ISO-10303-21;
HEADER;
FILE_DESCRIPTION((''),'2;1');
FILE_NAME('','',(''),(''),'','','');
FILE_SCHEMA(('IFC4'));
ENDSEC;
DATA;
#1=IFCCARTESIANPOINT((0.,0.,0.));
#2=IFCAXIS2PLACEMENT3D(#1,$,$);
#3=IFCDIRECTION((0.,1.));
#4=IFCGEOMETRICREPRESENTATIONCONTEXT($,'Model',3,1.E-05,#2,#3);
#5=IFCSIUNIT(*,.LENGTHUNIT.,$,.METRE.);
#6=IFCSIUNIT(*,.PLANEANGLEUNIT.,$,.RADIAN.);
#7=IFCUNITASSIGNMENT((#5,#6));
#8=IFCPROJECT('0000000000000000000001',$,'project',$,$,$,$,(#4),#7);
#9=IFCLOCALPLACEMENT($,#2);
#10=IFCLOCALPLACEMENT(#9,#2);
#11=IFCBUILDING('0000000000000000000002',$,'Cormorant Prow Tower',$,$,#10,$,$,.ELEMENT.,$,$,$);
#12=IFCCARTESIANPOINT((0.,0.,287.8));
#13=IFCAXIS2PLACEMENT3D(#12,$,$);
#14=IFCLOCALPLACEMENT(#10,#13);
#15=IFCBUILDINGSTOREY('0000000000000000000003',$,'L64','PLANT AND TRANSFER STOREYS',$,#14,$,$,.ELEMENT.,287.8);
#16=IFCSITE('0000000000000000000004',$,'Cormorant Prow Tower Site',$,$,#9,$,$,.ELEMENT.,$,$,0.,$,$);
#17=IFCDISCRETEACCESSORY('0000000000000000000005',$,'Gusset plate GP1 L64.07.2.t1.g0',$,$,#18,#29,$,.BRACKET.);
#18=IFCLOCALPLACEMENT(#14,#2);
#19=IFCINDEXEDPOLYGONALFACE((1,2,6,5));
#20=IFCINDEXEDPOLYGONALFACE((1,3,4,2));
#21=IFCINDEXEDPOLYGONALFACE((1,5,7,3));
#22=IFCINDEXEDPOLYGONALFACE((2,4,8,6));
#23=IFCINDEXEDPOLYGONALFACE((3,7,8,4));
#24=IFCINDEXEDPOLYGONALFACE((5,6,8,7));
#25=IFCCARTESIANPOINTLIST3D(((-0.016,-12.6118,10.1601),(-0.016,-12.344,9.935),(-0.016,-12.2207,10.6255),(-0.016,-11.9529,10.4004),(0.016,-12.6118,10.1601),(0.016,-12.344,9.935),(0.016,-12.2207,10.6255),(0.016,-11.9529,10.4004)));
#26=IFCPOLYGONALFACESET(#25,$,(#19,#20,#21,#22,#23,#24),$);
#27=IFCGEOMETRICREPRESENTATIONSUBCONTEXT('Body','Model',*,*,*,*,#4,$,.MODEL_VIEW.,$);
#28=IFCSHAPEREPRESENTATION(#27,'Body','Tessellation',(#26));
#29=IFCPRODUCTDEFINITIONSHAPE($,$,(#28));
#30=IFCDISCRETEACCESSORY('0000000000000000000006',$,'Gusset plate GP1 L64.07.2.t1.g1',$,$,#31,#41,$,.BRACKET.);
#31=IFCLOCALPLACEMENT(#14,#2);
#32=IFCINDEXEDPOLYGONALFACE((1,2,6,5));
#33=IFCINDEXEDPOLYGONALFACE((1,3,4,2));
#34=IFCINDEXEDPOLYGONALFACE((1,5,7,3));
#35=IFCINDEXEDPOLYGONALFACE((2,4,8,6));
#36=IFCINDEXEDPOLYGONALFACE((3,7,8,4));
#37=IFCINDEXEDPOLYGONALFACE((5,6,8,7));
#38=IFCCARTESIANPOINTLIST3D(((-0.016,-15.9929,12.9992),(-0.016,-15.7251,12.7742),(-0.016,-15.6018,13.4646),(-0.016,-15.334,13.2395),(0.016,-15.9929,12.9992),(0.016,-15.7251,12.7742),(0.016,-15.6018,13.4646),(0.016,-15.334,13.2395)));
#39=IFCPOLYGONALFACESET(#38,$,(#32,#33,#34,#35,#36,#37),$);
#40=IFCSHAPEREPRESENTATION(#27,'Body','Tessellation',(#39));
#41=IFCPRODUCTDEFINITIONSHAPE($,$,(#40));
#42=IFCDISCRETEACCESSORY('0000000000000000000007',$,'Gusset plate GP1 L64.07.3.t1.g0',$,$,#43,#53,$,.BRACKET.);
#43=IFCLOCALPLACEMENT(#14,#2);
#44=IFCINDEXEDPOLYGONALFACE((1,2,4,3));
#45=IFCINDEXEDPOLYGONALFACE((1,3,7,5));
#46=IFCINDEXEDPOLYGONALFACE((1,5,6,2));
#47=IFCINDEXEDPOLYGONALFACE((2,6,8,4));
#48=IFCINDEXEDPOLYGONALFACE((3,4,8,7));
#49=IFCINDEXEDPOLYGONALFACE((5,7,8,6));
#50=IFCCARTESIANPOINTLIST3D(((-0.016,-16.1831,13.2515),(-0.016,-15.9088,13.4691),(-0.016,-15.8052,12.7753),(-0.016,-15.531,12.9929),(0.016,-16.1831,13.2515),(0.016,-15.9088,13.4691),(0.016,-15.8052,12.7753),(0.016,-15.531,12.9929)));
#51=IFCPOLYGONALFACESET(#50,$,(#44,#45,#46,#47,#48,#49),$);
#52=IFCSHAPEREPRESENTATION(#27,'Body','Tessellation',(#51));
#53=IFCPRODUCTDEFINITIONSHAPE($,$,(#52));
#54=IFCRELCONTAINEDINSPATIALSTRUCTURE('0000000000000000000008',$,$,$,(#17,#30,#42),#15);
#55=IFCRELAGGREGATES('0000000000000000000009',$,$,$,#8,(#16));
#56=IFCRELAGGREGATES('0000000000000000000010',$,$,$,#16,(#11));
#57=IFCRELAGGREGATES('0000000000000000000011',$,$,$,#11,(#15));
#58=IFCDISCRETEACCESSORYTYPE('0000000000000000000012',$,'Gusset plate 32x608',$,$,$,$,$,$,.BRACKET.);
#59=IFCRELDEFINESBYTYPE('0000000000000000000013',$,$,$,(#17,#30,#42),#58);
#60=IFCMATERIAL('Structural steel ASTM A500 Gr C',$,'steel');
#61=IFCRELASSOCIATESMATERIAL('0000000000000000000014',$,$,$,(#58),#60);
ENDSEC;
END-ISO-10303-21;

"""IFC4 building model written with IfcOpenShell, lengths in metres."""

from ifc_helpers import new_model, si_unit, direction, frame, origin, origin_2d, place, context, subcontext, project, spatial, rectangle, extrude, material, material_profile, profile_set, type_object, element, save


model = new_model("IFC4")

# Units and contexts
model_context = context("Model", 3, precision=1e-05, world=origin(), true_north=direction((0.0, 1.0)))
body_context = subcontext(model_context, "Body", "Model", "MODEL_VIEW")
ifc_project = project(units=[si_unit("LENGTHUNIT", "METRE"), si_unit("PLANEANGLEUNIT", "RADIAN")], contexts=[model_context])

# Site, building, storey
site_placement = place(None, origin())
site = spatial("IfcSite", under=ifc_project, at=site_placement, Name="Cormorant Prow Tower Site", CompositionType="ELEMENT", RefElevation=0.0)
building_placement = place(site_placement, origin())
building = spatial("IfcBuilding", under=site, at=building_placement, Name="Cormorant Prow Tower", CompositionType="ELEMENT")
storey_placement = place(building_placement, frame((0.0, 0.0, 287.8)))
storey = spatial("IfcBuildingStorey", under=building, at=storey_placement, Name="L64", Description="PLANT AND TRANSFER STOREYS", CompositionType="ELEMENT", Elevation=287.8)

# Discrete accessories
ifc_material_1 = material(Name="Structural steel ASTM A500 Gr C", Category="steel")
ifc_material_profile_1 = material_profile(ifc_material_1, rectangle(XDim=0.032, YDim=0.6079, at=origin_2d()), Name="Gusset plate 32x608")
ifc_profile_set_1 = profile_set([ifc_material_profile_1], Name="Structural steel ASTM A500 Gr C")
discrete_accessory_type_1 = type_object("IfcDiscreteAccessoryType", Name="Gusset plate 32x608", PredefinedType="BRACKET", material=ifc_profile_set_1)
for number, where, z_axis, x_axis, name in (
    (1, (0.0, -12.4163, 10.3928), (0.0, 0.765526, -0.643405), (-1.0, 0.0, 0.0), "Gusset plate GP1 L64.07.2.t1.g0"),
    (2, (0.0, -15.5295, 13.0068), (0.0, -0.765526, 0.643405), (1.0, 0.0, 0.0), "Gusset plate GP1 L64.07.2.t1.g1"),
):
    element("IfcDiscreteAccessory", number, at=place(storey_placement, frame(where, z_axis=z_axis, x_axis=x_axis)), inside=storey, type_object=discrete_accessory_type_1, Name=name, PredefinedType="BRACKET", context=body_context, shape_type="SweptSolid", body=[
        extrude(rectangle(XDim=0.032, YDim=0.6079, at=origin_2d()), origin(), (0.0, 0.0, 1.0), 0.3499),
    ])
discrete_accessory_1_placement = place(storey_placement, frame((0.0, -15.9941, 13.0134), z_axis=(0.0, 0.783381, 0.621542), x_axis=(-1.0, 0.0, 0.0)))
element("IfcDiscreteAccessory", 3, at=discrete_accessory_1_placement, inside=storey, type_object=discrete_accessory_type_1, Name="Gusset plate GP1 L64.07.3.t1.g0", PredefinedType="BRACKET", context=body_context, shape_type="SweptSolid", body=[
    extrude(rectangle(XDim=0.032, YDim=0.6079, at=origin_2d()), origin(), (0.0, 0.0, 1.0), 0.3501),
])

save(model, "model.ifc")
